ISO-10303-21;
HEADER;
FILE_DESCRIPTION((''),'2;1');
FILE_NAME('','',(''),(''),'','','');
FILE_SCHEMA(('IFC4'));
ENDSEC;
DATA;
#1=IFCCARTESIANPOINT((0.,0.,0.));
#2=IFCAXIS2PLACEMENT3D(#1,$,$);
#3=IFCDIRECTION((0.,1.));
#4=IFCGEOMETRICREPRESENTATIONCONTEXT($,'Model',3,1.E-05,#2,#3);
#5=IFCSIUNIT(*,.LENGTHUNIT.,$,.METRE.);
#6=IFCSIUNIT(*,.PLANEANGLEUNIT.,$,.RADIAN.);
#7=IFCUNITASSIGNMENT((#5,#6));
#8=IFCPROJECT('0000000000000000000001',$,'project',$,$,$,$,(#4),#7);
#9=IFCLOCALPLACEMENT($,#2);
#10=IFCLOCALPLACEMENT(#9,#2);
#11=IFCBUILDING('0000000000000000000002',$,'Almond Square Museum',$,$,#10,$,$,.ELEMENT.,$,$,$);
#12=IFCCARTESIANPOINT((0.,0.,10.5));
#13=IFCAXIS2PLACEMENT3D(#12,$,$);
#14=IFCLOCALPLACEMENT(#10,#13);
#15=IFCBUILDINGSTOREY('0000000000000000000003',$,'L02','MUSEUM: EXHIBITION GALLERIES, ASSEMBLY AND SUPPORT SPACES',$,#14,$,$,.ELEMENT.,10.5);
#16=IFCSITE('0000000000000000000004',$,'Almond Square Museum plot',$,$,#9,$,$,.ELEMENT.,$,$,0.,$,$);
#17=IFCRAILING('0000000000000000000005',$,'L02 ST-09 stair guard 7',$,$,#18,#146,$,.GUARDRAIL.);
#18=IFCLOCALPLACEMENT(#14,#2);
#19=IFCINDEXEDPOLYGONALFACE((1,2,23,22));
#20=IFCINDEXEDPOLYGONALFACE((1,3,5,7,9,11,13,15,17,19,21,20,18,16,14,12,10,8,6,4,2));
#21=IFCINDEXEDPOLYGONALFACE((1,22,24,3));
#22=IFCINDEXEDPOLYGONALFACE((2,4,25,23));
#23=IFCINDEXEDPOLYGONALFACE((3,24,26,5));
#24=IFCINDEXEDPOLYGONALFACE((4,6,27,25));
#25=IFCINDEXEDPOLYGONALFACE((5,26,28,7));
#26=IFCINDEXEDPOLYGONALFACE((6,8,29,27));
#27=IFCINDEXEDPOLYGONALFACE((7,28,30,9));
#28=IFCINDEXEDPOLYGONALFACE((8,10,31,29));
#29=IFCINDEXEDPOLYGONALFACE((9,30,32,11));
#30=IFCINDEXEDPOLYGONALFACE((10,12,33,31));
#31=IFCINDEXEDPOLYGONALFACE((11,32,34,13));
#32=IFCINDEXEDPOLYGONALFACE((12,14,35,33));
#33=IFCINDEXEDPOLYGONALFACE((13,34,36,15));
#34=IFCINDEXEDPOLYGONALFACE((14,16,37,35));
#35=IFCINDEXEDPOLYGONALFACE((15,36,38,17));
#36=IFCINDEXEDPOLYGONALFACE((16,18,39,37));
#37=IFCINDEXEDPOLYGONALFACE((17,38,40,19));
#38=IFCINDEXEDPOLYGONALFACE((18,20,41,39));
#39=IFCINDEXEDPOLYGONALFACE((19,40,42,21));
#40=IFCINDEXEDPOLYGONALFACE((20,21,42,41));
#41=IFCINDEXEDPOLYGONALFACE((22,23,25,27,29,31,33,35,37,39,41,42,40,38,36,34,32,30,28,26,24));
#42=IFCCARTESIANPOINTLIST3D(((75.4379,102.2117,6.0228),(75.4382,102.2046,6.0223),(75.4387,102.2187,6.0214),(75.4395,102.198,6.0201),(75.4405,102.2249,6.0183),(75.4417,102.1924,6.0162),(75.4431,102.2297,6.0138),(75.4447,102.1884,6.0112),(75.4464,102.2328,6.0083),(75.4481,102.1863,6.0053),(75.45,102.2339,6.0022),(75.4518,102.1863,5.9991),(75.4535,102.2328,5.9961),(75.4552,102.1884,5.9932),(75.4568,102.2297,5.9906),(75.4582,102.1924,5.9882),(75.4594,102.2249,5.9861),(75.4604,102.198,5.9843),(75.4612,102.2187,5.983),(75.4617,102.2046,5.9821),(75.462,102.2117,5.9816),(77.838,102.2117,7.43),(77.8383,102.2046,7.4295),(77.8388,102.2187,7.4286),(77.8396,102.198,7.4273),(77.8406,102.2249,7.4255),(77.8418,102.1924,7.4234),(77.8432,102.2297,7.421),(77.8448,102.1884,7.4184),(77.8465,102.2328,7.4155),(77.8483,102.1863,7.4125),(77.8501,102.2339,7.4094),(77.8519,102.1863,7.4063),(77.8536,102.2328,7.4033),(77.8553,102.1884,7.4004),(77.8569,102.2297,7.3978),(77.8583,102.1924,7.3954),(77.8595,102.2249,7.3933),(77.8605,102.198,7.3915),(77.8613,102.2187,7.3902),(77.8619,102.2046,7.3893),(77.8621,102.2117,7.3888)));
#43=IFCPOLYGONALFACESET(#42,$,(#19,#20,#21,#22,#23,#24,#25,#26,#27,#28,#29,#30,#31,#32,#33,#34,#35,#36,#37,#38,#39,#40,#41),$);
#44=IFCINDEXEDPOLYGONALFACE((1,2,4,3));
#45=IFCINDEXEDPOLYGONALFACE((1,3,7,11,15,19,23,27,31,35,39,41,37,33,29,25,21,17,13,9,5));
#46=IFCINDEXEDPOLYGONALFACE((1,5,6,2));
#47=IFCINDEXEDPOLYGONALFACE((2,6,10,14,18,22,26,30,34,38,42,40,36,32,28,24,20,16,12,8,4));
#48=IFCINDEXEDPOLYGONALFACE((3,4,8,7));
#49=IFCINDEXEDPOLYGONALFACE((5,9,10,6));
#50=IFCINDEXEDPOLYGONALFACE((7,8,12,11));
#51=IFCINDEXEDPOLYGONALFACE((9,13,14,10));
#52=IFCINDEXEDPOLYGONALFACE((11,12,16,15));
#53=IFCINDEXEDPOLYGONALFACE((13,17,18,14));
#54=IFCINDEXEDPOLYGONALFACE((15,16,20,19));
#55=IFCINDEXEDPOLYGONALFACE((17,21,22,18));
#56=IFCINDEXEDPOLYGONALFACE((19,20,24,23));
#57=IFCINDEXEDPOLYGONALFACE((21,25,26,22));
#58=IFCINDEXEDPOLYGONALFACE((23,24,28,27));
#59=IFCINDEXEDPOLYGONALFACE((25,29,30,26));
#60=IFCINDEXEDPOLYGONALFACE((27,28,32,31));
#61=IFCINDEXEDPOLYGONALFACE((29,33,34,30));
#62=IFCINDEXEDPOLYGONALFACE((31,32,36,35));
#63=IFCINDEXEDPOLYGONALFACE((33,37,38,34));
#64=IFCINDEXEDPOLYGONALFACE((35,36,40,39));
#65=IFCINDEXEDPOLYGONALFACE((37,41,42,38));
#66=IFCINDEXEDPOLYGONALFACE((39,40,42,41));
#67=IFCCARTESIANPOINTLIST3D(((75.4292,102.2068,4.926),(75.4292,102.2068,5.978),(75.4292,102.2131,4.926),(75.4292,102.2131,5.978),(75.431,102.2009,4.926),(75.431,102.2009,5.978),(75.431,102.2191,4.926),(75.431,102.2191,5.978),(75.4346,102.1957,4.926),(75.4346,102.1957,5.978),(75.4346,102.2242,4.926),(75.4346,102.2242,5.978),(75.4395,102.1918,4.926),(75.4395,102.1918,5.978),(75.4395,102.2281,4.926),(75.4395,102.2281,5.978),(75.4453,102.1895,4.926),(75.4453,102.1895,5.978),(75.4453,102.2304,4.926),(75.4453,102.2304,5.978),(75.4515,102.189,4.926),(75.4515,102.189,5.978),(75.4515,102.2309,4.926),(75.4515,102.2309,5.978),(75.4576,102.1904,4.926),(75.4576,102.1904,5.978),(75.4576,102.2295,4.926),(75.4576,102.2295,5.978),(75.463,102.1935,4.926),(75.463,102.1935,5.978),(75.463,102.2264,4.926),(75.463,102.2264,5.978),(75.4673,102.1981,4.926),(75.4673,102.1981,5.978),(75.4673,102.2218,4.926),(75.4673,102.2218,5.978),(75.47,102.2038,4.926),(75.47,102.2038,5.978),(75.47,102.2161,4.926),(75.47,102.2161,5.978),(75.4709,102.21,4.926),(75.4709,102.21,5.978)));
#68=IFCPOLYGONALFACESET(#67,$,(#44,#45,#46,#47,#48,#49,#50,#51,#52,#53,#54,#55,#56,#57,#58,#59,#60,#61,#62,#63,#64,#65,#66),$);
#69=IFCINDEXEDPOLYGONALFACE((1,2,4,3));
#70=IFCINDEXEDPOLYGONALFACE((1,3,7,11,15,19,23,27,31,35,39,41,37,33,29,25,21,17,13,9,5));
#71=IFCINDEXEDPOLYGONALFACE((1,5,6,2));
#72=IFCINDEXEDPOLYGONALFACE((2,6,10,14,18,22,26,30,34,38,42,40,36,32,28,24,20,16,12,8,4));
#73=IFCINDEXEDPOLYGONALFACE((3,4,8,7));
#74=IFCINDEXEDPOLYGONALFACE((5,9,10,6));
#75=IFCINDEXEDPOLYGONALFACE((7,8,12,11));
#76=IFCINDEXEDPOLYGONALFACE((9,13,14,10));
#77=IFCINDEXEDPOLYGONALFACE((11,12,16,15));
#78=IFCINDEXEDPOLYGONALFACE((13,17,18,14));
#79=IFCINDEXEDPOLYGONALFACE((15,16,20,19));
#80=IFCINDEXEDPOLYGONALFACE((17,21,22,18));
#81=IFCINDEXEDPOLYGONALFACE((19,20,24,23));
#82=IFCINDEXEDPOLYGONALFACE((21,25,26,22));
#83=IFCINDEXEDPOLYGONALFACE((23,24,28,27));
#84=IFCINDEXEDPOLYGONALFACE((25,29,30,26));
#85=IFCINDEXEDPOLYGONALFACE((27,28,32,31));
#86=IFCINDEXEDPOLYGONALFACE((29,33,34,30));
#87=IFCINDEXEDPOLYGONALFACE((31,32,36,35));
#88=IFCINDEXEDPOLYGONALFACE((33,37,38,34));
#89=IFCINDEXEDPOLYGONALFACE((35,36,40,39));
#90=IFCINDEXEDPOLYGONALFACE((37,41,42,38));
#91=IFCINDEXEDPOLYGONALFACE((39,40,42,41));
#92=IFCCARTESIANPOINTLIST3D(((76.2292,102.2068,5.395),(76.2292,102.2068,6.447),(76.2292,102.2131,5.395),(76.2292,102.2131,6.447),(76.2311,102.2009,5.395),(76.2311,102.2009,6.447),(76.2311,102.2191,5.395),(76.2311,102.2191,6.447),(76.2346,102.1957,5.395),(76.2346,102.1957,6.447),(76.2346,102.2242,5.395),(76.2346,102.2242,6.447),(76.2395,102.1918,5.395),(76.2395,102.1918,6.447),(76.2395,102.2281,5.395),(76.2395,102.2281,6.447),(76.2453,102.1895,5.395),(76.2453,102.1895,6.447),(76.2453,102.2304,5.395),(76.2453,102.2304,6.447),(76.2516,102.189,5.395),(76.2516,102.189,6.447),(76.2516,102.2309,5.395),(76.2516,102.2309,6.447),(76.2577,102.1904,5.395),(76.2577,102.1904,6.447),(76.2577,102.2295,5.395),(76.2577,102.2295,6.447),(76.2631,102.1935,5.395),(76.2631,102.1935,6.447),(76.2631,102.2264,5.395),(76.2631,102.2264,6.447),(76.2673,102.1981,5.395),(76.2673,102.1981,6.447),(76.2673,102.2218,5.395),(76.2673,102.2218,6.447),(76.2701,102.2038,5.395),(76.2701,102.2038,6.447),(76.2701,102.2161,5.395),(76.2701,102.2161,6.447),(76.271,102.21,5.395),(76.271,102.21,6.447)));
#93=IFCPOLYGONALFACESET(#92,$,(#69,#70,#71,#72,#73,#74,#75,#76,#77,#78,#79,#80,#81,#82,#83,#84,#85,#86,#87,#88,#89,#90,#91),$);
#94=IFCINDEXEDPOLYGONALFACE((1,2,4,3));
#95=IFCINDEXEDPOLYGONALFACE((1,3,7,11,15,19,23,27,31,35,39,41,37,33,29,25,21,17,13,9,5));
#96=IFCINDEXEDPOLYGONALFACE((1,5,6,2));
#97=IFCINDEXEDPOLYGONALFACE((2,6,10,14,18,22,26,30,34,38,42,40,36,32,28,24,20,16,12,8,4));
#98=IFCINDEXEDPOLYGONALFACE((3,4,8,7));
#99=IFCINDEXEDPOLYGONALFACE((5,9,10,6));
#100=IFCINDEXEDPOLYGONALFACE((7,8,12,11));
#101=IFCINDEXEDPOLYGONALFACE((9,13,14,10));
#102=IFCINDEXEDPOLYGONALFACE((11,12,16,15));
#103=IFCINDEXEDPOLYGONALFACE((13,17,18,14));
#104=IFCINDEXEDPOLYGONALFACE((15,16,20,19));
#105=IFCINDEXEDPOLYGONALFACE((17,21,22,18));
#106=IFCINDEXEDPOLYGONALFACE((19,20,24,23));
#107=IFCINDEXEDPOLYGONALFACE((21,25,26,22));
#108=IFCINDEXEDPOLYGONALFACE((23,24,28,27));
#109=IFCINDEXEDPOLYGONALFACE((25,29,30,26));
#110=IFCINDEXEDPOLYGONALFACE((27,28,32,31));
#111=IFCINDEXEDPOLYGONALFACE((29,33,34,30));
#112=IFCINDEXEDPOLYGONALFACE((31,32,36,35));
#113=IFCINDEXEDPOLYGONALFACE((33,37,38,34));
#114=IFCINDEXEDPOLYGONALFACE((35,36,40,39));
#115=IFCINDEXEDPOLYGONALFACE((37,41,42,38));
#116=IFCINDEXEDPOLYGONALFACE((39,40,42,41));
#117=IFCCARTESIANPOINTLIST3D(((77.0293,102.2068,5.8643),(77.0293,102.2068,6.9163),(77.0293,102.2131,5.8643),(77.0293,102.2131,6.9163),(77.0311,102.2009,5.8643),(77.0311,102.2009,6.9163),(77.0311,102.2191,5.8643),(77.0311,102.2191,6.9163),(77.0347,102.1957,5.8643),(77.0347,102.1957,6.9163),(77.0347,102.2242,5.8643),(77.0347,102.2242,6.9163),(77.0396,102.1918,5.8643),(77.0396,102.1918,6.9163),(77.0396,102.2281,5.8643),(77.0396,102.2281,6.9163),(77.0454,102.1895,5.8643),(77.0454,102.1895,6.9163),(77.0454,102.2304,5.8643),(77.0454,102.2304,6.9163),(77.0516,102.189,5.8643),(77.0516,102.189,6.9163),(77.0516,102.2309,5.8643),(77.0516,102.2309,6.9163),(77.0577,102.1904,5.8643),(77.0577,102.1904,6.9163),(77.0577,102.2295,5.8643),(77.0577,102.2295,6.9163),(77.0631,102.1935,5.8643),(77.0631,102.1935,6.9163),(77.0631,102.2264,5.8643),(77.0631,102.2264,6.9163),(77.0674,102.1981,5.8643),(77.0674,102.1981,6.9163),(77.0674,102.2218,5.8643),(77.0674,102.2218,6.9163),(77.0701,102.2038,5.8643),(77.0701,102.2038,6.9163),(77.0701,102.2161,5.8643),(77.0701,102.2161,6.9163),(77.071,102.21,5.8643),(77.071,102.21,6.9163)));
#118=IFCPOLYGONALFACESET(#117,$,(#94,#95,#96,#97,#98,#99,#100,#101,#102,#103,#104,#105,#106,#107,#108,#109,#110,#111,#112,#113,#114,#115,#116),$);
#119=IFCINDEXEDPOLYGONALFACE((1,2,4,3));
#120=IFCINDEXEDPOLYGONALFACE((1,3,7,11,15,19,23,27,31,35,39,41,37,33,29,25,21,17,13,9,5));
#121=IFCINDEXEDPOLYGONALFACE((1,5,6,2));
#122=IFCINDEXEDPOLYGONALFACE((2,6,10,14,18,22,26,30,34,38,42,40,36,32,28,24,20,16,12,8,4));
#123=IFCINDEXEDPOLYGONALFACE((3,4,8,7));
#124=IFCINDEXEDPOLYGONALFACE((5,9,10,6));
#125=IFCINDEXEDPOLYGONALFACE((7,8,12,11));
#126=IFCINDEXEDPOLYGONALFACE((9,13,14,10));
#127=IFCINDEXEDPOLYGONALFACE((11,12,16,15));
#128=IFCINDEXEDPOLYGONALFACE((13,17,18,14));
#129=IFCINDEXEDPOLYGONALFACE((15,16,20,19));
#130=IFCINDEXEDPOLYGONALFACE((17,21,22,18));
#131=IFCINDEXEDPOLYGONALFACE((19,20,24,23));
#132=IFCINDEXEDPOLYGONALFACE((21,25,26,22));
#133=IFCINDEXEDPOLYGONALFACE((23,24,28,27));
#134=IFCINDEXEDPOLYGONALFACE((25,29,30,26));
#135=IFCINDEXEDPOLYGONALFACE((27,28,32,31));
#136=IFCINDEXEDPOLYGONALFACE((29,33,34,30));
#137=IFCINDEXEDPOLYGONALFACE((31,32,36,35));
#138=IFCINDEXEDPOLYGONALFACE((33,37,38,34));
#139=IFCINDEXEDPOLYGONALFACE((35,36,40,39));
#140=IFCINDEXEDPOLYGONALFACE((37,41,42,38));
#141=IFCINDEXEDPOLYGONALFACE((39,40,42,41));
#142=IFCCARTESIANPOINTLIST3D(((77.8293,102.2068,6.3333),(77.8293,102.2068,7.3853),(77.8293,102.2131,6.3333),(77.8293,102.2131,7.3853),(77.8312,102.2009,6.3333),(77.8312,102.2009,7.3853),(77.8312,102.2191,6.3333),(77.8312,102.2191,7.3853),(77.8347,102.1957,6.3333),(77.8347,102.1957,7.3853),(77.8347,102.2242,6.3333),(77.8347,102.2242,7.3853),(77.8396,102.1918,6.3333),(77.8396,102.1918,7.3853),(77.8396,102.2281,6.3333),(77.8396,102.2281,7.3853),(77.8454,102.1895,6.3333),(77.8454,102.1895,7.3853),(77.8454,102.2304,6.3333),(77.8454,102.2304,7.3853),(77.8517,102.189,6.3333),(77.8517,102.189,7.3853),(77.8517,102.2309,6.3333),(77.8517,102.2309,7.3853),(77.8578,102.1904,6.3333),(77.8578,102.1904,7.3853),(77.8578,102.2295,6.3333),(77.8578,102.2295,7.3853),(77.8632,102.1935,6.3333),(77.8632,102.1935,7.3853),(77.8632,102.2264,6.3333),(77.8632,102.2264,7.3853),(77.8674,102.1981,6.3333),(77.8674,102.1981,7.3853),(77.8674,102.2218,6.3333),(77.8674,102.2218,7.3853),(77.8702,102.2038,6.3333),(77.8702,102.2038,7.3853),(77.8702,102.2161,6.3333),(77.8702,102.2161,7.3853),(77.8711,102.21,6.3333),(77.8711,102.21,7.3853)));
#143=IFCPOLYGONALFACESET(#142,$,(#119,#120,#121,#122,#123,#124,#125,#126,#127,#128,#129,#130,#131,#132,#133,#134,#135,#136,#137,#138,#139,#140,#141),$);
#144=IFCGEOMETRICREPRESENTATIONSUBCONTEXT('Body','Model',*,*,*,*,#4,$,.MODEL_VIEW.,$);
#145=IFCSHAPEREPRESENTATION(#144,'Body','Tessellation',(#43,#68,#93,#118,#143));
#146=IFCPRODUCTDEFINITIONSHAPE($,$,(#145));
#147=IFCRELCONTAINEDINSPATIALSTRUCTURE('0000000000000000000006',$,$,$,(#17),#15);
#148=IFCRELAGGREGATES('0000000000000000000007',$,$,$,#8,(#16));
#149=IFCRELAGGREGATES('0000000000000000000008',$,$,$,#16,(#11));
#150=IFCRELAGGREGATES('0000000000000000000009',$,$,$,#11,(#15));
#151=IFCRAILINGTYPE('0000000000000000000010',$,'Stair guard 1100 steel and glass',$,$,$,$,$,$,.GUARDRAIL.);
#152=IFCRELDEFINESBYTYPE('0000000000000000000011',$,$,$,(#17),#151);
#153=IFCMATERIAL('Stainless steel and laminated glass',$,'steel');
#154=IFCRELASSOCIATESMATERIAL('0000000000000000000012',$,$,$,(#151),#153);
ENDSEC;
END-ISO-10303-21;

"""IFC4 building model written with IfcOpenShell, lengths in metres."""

from ifc_helpers import new_model, si_unit, direction, frame, origin, origin_2d, place, context, subcontext, project, spatial, circle, extrude, material, type_object, element, save


model = new_model("IFC4")

# Units and contexts
model_context = context("Model", 3, precision=1e-05, world=origin(), true_north=direction((0.0, 1.0)))
body_context = subcontext(model_context, "Body", "Model", "MODEL_VIEW")
ifc_project = project(units=[si_unit("LENGTHUNIT", "METRE"), si_unit("PLANEANGLEUNIT", "RADIAN")], contexts=[model_context])

# Site, building, storey
site_placement = place(None, origin())
site = spatial("IfcSite", under=ifc_project, at=site_placement, Name="Almond Square Museum plot", CompositionType="ELEMENT", RefElevation=0.0)
building_placement = place(site_placement, origin())
building = spatial("IfcBuilding", under=site, at=building_placement, Name="Almond Square Museum", CompositionType="ELEMENT")
storey_placement = place(building_placement, frame((0.0, 0.0, 10.5)))
storey = spatial("IfcBuildingStorey", under=building, at=storey_placement, Name="L02", Description="MUSEUM: EXHIBITION GALLERIES, ASSEMBLY AND SUPPORT SPACES", CompositionType="ELEMENT", Elevation=10.5)

# Railing
ifc_material_1 = material(Name="Stainless steel and laminated glass", Category="steel")
railing_type_1 = type_object("IfcRailingType", Name="Stair guard 1100 steel and glass", PredefinedType="GUARDRAIL", material=ifc_material_1)
railing_1_placement = place(storey_placement, frame((75.45, 102.21, 4.926)))
element("IfcRailing", 1, at=railing_1_placement, inside=storey, type_object=railing_type_1, Name="L02 ST-09 stair guard 7", PredefinedType="GUARDRAIL", context=body_context, shape_type="SweptSolid", body=[
    extrude(circle(Radius=0.0239, at=origin_2d()), frame((0.0, 0.0, 1.0762), z_axis=(0.86266, 0.0, 0.505785), x_axis=(0.0, 1.0, 0.0)), (0.0, 0.0, 1.0), 2.7822),
    extrude(circle(Radius=0.021, at=origin_2d()), origin(), (0.0, 0.0, 1.0), 1.052),
    extrude(circle(Radius=0.021, at=origin_2d()), frame((0.8, 0.0, 0.469)), (0.0, 0.0, 1.0), 1.052),
    extrude(circle(Radius=0.021, at=origin_2d()), frame((1.6001, 0.0, 0.9382)), (0.0, 0.0, 1.0), 1.052),
    extrude(circle(Radius=0.021, at=origin_2d()), frame((2.4001, 0.0, 1.4072)), (0.0, 0.0, 1.0), 1.052),
])

save(model, "model.ifc")
